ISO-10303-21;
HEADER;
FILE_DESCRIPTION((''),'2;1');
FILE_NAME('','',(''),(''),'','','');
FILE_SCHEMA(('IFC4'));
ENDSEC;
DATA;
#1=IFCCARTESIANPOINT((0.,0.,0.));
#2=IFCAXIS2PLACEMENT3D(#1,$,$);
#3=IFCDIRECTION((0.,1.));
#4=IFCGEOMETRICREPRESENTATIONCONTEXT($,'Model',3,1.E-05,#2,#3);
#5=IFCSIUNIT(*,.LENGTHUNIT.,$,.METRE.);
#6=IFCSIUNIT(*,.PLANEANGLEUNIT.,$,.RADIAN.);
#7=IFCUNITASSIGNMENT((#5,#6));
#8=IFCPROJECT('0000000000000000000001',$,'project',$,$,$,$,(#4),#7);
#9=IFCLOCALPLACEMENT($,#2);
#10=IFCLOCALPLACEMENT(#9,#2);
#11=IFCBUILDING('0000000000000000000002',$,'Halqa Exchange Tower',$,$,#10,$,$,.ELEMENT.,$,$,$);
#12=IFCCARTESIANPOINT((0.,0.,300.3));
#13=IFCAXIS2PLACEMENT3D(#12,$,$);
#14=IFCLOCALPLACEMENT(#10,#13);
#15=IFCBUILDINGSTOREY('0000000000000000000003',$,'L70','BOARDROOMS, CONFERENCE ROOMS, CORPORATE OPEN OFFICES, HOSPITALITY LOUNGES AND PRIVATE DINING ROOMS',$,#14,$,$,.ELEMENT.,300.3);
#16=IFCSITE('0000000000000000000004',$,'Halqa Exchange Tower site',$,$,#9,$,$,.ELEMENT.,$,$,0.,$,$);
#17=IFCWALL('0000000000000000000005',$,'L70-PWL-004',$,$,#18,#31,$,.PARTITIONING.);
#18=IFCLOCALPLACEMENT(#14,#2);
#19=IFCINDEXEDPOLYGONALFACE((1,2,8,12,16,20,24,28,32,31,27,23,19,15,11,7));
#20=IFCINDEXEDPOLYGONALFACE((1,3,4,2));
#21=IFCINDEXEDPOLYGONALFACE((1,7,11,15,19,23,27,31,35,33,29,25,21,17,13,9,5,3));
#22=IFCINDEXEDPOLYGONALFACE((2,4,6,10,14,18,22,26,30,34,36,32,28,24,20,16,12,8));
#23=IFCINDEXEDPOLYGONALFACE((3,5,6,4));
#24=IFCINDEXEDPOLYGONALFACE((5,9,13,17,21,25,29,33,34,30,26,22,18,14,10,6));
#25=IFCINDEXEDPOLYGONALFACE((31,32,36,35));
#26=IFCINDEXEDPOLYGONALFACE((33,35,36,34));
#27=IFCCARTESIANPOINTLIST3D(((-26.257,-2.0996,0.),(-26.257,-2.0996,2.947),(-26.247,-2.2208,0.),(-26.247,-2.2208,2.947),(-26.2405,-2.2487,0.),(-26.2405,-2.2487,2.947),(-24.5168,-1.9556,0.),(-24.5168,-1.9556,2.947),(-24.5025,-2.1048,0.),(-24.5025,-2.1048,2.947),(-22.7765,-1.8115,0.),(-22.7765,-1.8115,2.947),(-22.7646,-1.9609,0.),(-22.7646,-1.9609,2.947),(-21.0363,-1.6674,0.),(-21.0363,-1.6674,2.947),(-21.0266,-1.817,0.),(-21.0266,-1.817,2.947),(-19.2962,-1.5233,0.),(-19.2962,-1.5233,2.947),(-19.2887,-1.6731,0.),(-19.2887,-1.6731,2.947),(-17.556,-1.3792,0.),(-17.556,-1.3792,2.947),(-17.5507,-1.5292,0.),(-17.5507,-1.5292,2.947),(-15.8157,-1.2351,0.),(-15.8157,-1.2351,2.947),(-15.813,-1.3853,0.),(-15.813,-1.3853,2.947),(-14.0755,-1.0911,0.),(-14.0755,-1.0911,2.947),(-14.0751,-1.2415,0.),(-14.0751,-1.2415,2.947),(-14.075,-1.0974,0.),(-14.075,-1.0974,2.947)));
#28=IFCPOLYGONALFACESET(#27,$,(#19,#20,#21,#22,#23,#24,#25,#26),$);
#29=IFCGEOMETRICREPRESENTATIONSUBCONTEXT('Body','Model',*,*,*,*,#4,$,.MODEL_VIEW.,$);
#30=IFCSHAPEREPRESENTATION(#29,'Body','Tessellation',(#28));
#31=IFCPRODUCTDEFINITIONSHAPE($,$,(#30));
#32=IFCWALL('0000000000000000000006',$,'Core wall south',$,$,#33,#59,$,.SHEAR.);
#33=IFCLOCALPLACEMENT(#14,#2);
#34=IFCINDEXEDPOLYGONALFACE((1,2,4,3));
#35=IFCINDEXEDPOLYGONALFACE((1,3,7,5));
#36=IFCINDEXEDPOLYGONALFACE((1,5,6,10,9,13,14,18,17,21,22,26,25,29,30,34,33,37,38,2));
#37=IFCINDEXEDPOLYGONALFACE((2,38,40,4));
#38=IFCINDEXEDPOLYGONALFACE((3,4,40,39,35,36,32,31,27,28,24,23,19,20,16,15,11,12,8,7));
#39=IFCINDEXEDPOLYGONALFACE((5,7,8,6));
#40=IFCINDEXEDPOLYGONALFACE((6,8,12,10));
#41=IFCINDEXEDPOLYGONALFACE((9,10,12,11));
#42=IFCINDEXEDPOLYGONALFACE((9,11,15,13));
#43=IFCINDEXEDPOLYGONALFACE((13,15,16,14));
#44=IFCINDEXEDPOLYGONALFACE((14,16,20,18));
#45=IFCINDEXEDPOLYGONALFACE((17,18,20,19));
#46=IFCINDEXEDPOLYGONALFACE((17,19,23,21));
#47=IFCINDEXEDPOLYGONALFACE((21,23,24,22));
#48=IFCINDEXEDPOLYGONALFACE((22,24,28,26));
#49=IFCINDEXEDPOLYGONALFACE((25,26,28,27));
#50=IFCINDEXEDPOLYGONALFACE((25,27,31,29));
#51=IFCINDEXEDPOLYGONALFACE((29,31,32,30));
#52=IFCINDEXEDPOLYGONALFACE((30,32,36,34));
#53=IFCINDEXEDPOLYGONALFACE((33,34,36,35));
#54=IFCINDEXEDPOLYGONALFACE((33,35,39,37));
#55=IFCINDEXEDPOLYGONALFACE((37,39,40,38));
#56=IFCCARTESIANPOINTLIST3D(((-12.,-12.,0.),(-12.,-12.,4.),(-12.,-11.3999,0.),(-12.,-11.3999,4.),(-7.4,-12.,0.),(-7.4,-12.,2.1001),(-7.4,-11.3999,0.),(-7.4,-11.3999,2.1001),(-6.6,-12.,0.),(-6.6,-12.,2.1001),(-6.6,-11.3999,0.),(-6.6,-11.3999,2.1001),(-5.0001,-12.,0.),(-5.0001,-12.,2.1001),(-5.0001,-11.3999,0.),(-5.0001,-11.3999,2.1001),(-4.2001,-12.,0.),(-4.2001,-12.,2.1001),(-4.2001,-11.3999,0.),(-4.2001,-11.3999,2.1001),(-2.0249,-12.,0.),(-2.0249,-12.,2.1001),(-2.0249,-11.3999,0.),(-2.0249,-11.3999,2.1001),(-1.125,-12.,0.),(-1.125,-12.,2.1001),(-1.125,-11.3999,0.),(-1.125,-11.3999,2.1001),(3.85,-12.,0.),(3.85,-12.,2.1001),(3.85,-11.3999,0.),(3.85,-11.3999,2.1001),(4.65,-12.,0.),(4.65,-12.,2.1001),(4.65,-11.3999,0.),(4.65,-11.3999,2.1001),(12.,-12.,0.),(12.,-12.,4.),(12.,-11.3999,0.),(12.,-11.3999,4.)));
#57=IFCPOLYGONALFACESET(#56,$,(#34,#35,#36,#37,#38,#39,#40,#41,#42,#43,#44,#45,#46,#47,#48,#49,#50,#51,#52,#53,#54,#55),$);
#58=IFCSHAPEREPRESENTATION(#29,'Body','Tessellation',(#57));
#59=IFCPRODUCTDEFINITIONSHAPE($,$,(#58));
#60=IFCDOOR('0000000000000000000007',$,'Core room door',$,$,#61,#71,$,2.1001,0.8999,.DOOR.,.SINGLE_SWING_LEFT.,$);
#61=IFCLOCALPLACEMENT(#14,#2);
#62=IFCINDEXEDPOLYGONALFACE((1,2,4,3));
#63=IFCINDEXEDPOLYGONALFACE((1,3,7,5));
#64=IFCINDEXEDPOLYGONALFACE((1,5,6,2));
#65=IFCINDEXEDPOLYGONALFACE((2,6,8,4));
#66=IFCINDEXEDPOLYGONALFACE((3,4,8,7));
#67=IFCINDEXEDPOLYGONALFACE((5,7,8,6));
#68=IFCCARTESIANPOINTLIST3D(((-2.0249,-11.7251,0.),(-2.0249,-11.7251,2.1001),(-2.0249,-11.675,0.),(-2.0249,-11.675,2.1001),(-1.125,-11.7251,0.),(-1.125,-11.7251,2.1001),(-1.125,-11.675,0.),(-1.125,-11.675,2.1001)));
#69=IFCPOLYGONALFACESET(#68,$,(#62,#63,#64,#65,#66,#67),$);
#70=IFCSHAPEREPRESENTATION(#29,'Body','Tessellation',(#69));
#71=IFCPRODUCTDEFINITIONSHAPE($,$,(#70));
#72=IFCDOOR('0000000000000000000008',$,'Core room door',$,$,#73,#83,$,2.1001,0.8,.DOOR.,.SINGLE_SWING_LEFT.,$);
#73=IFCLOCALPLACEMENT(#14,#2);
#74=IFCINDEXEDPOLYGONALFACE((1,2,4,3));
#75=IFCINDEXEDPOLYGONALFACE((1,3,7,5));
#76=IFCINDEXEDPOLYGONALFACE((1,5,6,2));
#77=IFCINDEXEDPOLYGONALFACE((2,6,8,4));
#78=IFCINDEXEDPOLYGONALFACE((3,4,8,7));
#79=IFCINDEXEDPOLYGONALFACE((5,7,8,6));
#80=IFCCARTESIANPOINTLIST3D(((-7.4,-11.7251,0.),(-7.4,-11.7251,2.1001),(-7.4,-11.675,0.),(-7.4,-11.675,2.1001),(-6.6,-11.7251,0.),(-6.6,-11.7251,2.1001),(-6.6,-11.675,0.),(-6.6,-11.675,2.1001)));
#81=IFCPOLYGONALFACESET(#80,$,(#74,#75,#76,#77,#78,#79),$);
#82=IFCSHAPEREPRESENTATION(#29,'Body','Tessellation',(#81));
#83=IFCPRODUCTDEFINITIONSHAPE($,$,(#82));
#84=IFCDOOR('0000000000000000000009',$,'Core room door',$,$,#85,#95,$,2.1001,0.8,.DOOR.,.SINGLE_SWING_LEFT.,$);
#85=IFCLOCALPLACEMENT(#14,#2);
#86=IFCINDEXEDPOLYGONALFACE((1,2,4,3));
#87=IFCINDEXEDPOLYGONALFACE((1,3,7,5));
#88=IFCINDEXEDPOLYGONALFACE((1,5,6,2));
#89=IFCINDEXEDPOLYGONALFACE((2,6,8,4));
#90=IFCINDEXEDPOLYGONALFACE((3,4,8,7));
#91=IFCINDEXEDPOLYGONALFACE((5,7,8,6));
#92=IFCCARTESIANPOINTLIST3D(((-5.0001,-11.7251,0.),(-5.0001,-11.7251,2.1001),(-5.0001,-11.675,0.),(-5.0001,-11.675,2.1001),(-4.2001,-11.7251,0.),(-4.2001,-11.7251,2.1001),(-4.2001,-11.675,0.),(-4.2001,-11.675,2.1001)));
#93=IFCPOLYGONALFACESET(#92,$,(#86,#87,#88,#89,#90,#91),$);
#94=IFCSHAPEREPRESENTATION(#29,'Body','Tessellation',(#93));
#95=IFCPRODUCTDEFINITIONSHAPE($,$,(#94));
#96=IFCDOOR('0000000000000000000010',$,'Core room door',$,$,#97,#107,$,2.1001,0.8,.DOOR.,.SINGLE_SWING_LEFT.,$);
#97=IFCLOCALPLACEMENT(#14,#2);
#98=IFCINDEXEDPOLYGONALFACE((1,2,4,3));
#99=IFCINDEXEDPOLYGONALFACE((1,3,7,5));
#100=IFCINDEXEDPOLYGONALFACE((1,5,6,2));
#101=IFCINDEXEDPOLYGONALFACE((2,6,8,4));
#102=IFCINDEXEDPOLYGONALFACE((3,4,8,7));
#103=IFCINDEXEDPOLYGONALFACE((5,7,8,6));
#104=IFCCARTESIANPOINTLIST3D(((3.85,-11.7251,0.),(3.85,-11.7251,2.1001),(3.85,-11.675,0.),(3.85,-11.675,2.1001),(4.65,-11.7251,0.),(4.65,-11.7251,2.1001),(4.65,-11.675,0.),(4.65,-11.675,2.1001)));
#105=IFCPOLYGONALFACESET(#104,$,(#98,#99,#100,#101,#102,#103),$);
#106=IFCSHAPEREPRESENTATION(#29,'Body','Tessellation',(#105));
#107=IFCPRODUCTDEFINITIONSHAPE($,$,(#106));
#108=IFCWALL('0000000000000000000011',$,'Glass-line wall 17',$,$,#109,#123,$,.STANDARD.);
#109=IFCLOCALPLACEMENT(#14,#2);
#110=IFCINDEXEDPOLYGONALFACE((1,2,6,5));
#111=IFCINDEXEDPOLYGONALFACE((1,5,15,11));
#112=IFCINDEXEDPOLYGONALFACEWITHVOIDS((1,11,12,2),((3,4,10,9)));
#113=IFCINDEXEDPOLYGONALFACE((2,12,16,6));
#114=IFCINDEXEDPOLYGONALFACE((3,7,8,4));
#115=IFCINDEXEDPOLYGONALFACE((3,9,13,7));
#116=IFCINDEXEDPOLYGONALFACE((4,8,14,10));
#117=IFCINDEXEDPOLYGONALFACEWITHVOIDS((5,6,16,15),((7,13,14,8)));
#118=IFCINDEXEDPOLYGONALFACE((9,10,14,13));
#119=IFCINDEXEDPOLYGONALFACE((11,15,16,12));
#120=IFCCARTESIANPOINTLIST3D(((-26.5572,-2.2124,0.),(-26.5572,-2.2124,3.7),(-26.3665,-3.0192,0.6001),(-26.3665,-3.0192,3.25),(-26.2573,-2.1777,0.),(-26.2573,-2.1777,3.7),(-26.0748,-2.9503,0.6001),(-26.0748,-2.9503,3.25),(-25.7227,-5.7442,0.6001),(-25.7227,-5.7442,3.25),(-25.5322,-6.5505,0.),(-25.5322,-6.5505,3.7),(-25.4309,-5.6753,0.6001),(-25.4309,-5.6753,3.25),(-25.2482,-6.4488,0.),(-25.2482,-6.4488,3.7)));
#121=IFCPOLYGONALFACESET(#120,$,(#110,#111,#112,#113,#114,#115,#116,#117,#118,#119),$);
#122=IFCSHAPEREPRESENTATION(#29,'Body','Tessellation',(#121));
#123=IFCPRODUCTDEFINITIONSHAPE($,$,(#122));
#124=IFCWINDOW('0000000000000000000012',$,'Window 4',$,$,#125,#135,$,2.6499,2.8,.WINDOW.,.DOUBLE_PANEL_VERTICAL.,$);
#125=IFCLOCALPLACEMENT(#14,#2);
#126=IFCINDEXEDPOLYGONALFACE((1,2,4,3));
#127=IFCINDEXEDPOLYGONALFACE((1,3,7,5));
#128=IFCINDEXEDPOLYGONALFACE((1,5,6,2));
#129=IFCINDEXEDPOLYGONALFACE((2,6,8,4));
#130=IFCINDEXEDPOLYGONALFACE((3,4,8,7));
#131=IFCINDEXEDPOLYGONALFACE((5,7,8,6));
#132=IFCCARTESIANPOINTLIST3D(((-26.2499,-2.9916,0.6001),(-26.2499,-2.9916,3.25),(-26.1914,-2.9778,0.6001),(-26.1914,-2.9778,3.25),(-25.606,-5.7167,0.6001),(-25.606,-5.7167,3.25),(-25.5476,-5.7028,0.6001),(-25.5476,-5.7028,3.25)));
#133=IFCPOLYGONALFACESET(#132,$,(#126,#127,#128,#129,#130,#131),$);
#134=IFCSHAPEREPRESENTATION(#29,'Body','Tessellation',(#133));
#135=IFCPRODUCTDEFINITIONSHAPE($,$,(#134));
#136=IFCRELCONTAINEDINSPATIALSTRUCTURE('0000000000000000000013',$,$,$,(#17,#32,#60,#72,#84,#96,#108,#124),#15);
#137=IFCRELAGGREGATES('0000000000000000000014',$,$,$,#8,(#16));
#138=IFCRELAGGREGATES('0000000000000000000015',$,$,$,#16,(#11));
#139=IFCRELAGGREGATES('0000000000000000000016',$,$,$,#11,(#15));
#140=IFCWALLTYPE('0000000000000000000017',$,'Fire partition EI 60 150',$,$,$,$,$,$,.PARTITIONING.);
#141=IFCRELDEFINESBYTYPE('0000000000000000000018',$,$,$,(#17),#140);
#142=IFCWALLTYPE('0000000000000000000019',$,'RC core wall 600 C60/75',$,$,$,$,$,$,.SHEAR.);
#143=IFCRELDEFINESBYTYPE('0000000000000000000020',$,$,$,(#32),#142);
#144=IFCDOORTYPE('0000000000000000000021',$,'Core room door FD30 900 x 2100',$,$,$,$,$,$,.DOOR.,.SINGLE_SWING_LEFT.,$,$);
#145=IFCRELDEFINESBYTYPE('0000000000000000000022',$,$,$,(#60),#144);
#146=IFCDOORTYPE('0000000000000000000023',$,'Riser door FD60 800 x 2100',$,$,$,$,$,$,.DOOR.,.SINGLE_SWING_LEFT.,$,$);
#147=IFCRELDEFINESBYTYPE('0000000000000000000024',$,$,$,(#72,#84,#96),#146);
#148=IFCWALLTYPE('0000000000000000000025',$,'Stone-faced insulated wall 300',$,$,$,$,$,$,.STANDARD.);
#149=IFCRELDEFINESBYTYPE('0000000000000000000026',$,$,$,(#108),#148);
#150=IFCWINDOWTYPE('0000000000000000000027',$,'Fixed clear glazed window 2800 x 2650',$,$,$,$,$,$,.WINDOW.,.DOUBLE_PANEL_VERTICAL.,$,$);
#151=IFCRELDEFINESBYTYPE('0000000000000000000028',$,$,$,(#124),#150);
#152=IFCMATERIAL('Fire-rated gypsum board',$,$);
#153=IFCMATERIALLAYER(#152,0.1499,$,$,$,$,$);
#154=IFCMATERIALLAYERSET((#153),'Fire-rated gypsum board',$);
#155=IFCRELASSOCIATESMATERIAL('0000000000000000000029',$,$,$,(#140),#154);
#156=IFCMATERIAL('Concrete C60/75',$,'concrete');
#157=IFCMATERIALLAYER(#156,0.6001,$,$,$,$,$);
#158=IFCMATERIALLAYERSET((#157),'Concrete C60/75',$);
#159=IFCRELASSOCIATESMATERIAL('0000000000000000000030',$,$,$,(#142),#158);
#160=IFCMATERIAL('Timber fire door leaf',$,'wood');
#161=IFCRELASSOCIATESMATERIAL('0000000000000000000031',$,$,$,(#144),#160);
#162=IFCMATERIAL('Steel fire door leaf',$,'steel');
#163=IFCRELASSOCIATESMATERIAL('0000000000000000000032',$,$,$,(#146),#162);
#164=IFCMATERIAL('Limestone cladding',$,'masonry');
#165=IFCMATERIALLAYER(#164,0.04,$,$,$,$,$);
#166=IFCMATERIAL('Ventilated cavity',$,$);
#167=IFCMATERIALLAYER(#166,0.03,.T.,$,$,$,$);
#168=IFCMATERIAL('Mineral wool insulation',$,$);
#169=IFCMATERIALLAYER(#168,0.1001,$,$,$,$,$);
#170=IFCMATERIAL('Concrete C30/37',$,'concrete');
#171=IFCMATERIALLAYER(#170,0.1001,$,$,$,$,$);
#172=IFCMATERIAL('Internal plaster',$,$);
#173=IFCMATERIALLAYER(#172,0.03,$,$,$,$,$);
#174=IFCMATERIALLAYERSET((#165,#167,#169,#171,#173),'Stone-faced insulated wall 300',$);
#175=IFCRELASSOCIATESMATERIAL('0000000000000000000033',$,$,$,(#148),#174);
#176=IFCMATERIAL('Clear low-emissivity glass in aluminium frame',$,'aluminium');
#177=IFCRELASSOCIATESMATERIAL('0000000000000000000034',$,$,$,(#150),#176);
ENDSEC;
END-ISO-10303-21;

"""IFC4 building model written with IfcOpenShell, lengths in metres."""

from ifc_helpers import new_model, si_unit, direction, frame, frame_2d, origin, place, context, subcontext, project, spatial, polyline, rectangle, outline, extrude, material, layer, layer_set, type_object, element, fill, save


model = new_model("IFC4")

# Units and contexts
model_context = context("Model", 3, precision=1e-05, world=origin(), true_north=direction((0.0, 1.0)))
body_context = subcontext(model_context, "Body", "Model", "MODEL_VIEW")
ifc_project = project(units=[si_unit("LENGTHUNIT", "METRE"), si_unit("PLANEANGLEUNIT", "RADIAN")], contexts=[model_context])

# Site, building, storey
site_placement = place(None, origin())
site = spatial("IfcSite", under=ifc_project, at=site_placement, Name="Halqa Exchange Tower site", CompositionType="ELEMENT", RefElevation=0.0)
building_placement = place(site_placement, origin())
building = spatial("IfcBuilding", under=site, at=building_placement, Name="Halqa Exchange Tower", CompositionType="ELEMENT")
storey_placement = place(building_placement, frame((0.0, 0.0, 300.3)))
storey = spatial("IfcBuildingStorey", under=building, at=storey_placement, Name="L70", Description="BOARDROOMS, CONFERENCE ROOMS, CORPORATE OPEN OFFICES, HOSPITALITY LOUNGES AND PRIVATE DINING ROOMS", CompositionType="ELEMENT", Elevation=300.3)

# Shared definitions
ifc_material_1 = material(Name="Concrete C60/75", Category="concrete")

# Wall
ifc_material_2 = material(Name="Fire-rated gypsum board")
ifc_layer_1 = layer(ifc_material_2, 0.1499)
ifc_layer_set_1 = layer_set([ifc_layer_1], Name="Fire-rated gypsum board")
wall_type_1 = type_object("IfcWallType", Name="Fire partition EI 60 150", PredefinedType="PARTITIONING", material=ifc_layer_set_1)
wall_1_placement = place(storey_placement, frame((-14.0693, -1.1658, 0.0), z_axis=(0.0, 0.0, 1.0), x_axis=(-0.99659, -0.082512, 0.0)))
element("IfcWall", 1, at=wall_1_placement, inside=storey, type_object=wall_type_1, Name="L70-PWL-004", PredefinedType="PARTITIONING", context=body_context, shape_type="SweptSolid", body=[
    extrude(outline(polyline([(12.2231, -0.075), (12.2231, 0.0466), (12.219, 0.075), (10.4751, 0.075), (8.7312, 0.075), (6.9873, 0.075), (5.2434, 0.075), (3.4995, 0.075), (1.7559, 0.075), (0.012, 0.075), (0.0, -0.0686), (0.0, -0.075), (1.7461, -0.075), (3.4924, -0.075), (5.2385, -0.075), (6.9846, -0.075), (8.7307, -0.075), (10.4771, -0.075), (12.2231, -0.075)])), origin(), (0.0, 0.0, 1.0), 2.947),
])

# Wall, openings, doors
ifc_layer_2 = layer(ifc_material_1, 0.6001)
ifc_layer_set_2 = layer_set([ifc_layer_2], Name="Concrete C60/75")
wall_type_2 = type_object("IfcWallType", Name="RC core wall 600 C60/75", PredefinedType="SHEAR", material=ifc_layer_set_2)
wall_2_placement = place(storey_placement, frame((-12.0, -11.7, 0.0), z_axis=(0.0, 0.0, 1.0), x_axis=(1.0, 0.0, 0.0)))
wall_2 = element("IfcWall", 2, at=wall_2_placement, inside=storey, type_object=wall_type_2, Name="Core wall south", PredefinedType="SHEAR", context=body_context, shape_type="SweptSolid", body=[
    extrude(rectangle(XDim=24.0, YDim=0.6001, at=frame_2d((12.0, 0.0))), origin(), (0.0, 0.0, 1.0), 4.0),
])
opening_1_placement = place(wall_2_placement, frame((9.9751, 0.0, 0.0)))
opening_1 = element("IfcOpeningElement", 3, at=opening_1_placement, cuts=wall_2, PredefinedType="OPENING", context=body_context, shape_type="SweptSolid", body=[
    extrude(rectangle(XDim=0.8999, YDim=2.1001, at=frame_2d((0.45, 1.05))), frame((0.0, 0.312, 0.0), z_axis=(0.0, -1.0, 0.0), x_axis=(1.0, 0.0, 0.0)), (0.0, 0.0, 1.0), 0.624),
])
opening_2_placement = place(wall_2_placement, frame((4.6001, 0.0, 0.0)))
opening_2 = element("IfcOpeningElement", 4, at=opening_2_placement, cuts=wall_2, PredefinedType="OPENING", context=body_context, shape_type="SweptSolid", body=[
    extrude(rectangle(XDim=0.8, YDim=2.1001, at=frame_2d((0.3999, 1.05))), frame((0.0, 0.312, 0.0), z_axis=(0.0, -1.0, 0.0), x_axis=(1.0, 0.0, 0.0)), (0.0, 0.0, 1.0), 0.624),
])
opening_3_placement = place(wall_2_placement, frame((7.0, 0.0, 0.0)))
opening_3 = element("IfcOpeningElement", 5, at=opening_3_placement, cuts=wall_2, PredefinedType="OPENING", context=body_context, shape_type="SweptSolid", body=[
    extrude(rectangle(XDim=0.8, YDim=2.1001, at=frame_2d((0.3999, 1.05))), frame((0.0, 0.312, 0.0), z_axis=(0.0, -1.0, 0.0), x_axis=(1.0, 0.0, 0.0)), (0.0, 0.0, 1.0), 0.624),
])
opening_4_placement = place(wall_2_placement, frame((15.8501, 0.0, 0.0)))
opening_4 = element("IfcOpeningElement", 6, at=opening_4_placement, cuts=wall_2, PredefinedType="OPENING", context=body_context, shape_type="SweptSolid", body=[
    extrude(rectangle(XDim=0.8, YDim=2.1001, at=frame_2d((0.3999, 1.05))), frame((0.0, 0.312, 0.0), z_axis=(0.0, -1.0, 0.0), x_axis=(1.0, 0.0, 0.0)), (0.0, 0.0, 1.0), 0.624),
])
ifc_material_3 = material(Name="Timber fire door leaf", Category="wood")
door_type_1 = type_object("IfcDoorType", Name="Core room door FD30 900 x 2100", OperationType="SINGLE_SWING_LEFT", PredefinedType="DOOR", material=ifc_material_3)
door_1_placement = place(opening_1_placement, origin())
door_1 = element("IfcDoor", 7, at=door_1_placement, inside=storey, type_object=door_type_1, Name="Core room door", OperationType="SINGLE_SWING_LEFT", OverallHeight=2.1001, OverallWidth=0.8999, PredefinedType="DOOR", context=body_context, shape_type="SweptSolid", body=[
    extrude(rectangle(XDim=0.8999, YDim=2.1001, at=frame_2d((0.45, 1.05))), frame((0.0, 0.0249, 0.0), z_axis=(0.0, -1.0, 0.0), x_axis=(1.0, 0.0, 0.0)), (0.0, 0.0, 1.0), 0.05),
])
fill(opening_1, door_1)
ifc_material_4 = material(Name="Steel fire door leaf", Category="steel")
door_type_2 = type_object("IfcDoorType", Name="Riser door FD60 800 x 2100", OperationType="SINGLE_SWING_LEFT", PredefinedType="DOOR", material=ifc_material_4)
door_2_placement = place(opening_2_placement, origin())
door_2 = element("IfcDoor", 8, at=door_2_placement, inside=storey, type_object=door_type_2, Name="Core room door", OperationType="SINGLE_SWING_LEFT", OverallHeight=2.1001, OverallWidth=0.8, PredefinedType="DOOR", context=body_context, shape_type="SweptSolid", body=[
    extrude(rectangle(XDim=0.8, YDim=2.1001, at=frame_2d((0.3999, 1.05))), frame((0.0, 0.0249, 0.0), z_axis=(0.0, -1.0, 0.0), x_axis=(1.0, 0.0, 0.0)), (0.0, 0.0, 1.0), 0.05),
])
fill(opening_2, door_2)
door_3_placement = place(opening_3_placement, origin())
door_3 = element("IfcDoor", 9, at=door_3_placement, inside=storey, type_object=door_type_2, Name="Core room door", OperationType="SINGLE_SWING_LEFT", OverallHeight=2.1001, OverallWidth=0.8, PredefinedType="DOOR", context=body_context, shape_type="SweptSolid", body=[
    extrude(rectangle(XDim=0.8, YDim=2.1001, at=frame_2d((0.3999, 1.05))), frame((0.0, 0.0249, 0.0), z_axis=(0.0, -1.0, 0.0), x_axis=(1.0, 0.0, 0.0)), (0.0, 0.0, 1.0), 0.05),
])
fill(opening_3, door_3)
door_4_placement = place(opening_4_placement, origin())
door_4 = element("IfcDoor", 10, at=door_4_placement, inside=storey, type_object=door_type_2, Name="Core room door", OperationType="SINGLE_SWING_LEFT", OverallHeight=2.1001, OverallWidth=0.8, PredefinedType="DOOR", context=body_context, shape_type="SweptSolid", body=[
    extrude(rectangle(XDim=0.8, YDim=2.1001, at=frame_2d((0.3999, 1.05))), frame((0.0, 0.0249, 0.0), z_axis=(0.0, -1.0, 0.0), x_axis=(1.0, 0.0, 0.0)), (0.0, 0.0, 1.0), 0.05),
])
fill(opening_4, door_4)

# Wall, opening, window
ifc_material_5 = material(Name="Limestone cladding", Category="masonry")
ifc_layer_3 = layer(ifc_material_5, 0.04)
ifc_material_6 = material(Name="Ventilated cavity")
ifc_layer_4 = layer(ifc_material_6, 0.03, ventilated=True)
ifc_material_7 = material(Name="Mineral wool insulation")
ifc_layer_5 = layer(ifc_material_7, 0.1001)
ifc_material_8 = material(Name="Concrete C30/37", Category="concrete")
ifc_layer_6 = layer(ifc_material_8, 0.1001)
ifc_material_9 = material(Name="Internal plaster")
ifc_layer_7 = layer(ifc_material_9, 0.03)
ifc_layer_set_3 = layer_set([ifc_layer_3, ifc_layer_4, ifc_layer_5, ifc_layer_6, ifc_layer_7], Name="Stone-faced insulated wall 300")
wall_type_3 = type_object("IfcWallType", Name="Stone-faced insulated wall 300", PredefinedType="STANDARD", material=ifc_layer_set_3)
wall_3_placement = place(storey_placement, frame((-26.4072, -2.1951, 0.0), z_axis=(0.0, 0.0, 1.0), x_axis=(0.229944, -0.973204, 0.0)))
wall_3 = element("IfcWall", 11, at=wall_3_placement, inside=storey, type_object=wall_type_3, Name="Glass-line wall 17", PredefinedType="STANDARD", context=body_context, shape_type="SweptSolid", body=[
    extrude(outline(polyline([(-0.0176, -0.1499), (4.4399, -0.1499), (4.4062, 0.1499), (0.0176, 0.1499), (-0.0176, -0.1499)])), origin(), (0.0, 0.0, 1.0), 3.7),
])
opening_5_placement = place(wall_3_placement, frame((0.8115, 0.0, 0.6001)))
opening_5 = element("IfcOpeningElement", 12, at=opening_5_placement, cuts=wall_3, PredefinedType="OPENING", context=body_context, shape_type="SweptSolid", body=[
    extrude(rectangle(XDim=2.8, YDim=2.6499, at=frame_2d((1.3999, 1.325))), frame((0.0, 0.1621, 0.0), z_axis=(0.0, -1.0, 0.0), x_axis=(1.0, 0.0, 0.0)), (0.0, 0.0, 1.0), 0.324),
])
ifc_material_10 = material(Name="Clear low-emissivity glass in aluminium frame", Category="aluminium")
window_type = type_object("IfcWindowType", Name="Fixed clear glazed window 2800 x 2650", PartitioningType="DOUBLE_PANEL_VERTICAL", PredefinedType="WINDOW", material=ifc_material_10)
window_1_placement = place(opening_5_placement, origin())
window_1 = element("IfcWindow", 13, at=window_1_placement, inside=storey, type_object=window_type, Name="Window 4", OverallHeight=2.6499, OverallWidth=2.8, PartitioningType="DOUBLE_PANEL_VERTICAL", PredefinedType="WINDOW", context=body_context, shape_type="SweptSolid", body=[
    extrude(rectangle(XDim=2.8, YDim=2.6499, at=frame_2d((1.3999, 1.325))), frame((0.0, 0.03, 0.0), z_axis=(0.0, -1.0, 0.0), x_axis=(1.0, 0.0, 0.0)), (0.0, 0.0, 1.0), 0.0601),
])
fill(opening_5, window_1)

save(model, "model.ifc")
